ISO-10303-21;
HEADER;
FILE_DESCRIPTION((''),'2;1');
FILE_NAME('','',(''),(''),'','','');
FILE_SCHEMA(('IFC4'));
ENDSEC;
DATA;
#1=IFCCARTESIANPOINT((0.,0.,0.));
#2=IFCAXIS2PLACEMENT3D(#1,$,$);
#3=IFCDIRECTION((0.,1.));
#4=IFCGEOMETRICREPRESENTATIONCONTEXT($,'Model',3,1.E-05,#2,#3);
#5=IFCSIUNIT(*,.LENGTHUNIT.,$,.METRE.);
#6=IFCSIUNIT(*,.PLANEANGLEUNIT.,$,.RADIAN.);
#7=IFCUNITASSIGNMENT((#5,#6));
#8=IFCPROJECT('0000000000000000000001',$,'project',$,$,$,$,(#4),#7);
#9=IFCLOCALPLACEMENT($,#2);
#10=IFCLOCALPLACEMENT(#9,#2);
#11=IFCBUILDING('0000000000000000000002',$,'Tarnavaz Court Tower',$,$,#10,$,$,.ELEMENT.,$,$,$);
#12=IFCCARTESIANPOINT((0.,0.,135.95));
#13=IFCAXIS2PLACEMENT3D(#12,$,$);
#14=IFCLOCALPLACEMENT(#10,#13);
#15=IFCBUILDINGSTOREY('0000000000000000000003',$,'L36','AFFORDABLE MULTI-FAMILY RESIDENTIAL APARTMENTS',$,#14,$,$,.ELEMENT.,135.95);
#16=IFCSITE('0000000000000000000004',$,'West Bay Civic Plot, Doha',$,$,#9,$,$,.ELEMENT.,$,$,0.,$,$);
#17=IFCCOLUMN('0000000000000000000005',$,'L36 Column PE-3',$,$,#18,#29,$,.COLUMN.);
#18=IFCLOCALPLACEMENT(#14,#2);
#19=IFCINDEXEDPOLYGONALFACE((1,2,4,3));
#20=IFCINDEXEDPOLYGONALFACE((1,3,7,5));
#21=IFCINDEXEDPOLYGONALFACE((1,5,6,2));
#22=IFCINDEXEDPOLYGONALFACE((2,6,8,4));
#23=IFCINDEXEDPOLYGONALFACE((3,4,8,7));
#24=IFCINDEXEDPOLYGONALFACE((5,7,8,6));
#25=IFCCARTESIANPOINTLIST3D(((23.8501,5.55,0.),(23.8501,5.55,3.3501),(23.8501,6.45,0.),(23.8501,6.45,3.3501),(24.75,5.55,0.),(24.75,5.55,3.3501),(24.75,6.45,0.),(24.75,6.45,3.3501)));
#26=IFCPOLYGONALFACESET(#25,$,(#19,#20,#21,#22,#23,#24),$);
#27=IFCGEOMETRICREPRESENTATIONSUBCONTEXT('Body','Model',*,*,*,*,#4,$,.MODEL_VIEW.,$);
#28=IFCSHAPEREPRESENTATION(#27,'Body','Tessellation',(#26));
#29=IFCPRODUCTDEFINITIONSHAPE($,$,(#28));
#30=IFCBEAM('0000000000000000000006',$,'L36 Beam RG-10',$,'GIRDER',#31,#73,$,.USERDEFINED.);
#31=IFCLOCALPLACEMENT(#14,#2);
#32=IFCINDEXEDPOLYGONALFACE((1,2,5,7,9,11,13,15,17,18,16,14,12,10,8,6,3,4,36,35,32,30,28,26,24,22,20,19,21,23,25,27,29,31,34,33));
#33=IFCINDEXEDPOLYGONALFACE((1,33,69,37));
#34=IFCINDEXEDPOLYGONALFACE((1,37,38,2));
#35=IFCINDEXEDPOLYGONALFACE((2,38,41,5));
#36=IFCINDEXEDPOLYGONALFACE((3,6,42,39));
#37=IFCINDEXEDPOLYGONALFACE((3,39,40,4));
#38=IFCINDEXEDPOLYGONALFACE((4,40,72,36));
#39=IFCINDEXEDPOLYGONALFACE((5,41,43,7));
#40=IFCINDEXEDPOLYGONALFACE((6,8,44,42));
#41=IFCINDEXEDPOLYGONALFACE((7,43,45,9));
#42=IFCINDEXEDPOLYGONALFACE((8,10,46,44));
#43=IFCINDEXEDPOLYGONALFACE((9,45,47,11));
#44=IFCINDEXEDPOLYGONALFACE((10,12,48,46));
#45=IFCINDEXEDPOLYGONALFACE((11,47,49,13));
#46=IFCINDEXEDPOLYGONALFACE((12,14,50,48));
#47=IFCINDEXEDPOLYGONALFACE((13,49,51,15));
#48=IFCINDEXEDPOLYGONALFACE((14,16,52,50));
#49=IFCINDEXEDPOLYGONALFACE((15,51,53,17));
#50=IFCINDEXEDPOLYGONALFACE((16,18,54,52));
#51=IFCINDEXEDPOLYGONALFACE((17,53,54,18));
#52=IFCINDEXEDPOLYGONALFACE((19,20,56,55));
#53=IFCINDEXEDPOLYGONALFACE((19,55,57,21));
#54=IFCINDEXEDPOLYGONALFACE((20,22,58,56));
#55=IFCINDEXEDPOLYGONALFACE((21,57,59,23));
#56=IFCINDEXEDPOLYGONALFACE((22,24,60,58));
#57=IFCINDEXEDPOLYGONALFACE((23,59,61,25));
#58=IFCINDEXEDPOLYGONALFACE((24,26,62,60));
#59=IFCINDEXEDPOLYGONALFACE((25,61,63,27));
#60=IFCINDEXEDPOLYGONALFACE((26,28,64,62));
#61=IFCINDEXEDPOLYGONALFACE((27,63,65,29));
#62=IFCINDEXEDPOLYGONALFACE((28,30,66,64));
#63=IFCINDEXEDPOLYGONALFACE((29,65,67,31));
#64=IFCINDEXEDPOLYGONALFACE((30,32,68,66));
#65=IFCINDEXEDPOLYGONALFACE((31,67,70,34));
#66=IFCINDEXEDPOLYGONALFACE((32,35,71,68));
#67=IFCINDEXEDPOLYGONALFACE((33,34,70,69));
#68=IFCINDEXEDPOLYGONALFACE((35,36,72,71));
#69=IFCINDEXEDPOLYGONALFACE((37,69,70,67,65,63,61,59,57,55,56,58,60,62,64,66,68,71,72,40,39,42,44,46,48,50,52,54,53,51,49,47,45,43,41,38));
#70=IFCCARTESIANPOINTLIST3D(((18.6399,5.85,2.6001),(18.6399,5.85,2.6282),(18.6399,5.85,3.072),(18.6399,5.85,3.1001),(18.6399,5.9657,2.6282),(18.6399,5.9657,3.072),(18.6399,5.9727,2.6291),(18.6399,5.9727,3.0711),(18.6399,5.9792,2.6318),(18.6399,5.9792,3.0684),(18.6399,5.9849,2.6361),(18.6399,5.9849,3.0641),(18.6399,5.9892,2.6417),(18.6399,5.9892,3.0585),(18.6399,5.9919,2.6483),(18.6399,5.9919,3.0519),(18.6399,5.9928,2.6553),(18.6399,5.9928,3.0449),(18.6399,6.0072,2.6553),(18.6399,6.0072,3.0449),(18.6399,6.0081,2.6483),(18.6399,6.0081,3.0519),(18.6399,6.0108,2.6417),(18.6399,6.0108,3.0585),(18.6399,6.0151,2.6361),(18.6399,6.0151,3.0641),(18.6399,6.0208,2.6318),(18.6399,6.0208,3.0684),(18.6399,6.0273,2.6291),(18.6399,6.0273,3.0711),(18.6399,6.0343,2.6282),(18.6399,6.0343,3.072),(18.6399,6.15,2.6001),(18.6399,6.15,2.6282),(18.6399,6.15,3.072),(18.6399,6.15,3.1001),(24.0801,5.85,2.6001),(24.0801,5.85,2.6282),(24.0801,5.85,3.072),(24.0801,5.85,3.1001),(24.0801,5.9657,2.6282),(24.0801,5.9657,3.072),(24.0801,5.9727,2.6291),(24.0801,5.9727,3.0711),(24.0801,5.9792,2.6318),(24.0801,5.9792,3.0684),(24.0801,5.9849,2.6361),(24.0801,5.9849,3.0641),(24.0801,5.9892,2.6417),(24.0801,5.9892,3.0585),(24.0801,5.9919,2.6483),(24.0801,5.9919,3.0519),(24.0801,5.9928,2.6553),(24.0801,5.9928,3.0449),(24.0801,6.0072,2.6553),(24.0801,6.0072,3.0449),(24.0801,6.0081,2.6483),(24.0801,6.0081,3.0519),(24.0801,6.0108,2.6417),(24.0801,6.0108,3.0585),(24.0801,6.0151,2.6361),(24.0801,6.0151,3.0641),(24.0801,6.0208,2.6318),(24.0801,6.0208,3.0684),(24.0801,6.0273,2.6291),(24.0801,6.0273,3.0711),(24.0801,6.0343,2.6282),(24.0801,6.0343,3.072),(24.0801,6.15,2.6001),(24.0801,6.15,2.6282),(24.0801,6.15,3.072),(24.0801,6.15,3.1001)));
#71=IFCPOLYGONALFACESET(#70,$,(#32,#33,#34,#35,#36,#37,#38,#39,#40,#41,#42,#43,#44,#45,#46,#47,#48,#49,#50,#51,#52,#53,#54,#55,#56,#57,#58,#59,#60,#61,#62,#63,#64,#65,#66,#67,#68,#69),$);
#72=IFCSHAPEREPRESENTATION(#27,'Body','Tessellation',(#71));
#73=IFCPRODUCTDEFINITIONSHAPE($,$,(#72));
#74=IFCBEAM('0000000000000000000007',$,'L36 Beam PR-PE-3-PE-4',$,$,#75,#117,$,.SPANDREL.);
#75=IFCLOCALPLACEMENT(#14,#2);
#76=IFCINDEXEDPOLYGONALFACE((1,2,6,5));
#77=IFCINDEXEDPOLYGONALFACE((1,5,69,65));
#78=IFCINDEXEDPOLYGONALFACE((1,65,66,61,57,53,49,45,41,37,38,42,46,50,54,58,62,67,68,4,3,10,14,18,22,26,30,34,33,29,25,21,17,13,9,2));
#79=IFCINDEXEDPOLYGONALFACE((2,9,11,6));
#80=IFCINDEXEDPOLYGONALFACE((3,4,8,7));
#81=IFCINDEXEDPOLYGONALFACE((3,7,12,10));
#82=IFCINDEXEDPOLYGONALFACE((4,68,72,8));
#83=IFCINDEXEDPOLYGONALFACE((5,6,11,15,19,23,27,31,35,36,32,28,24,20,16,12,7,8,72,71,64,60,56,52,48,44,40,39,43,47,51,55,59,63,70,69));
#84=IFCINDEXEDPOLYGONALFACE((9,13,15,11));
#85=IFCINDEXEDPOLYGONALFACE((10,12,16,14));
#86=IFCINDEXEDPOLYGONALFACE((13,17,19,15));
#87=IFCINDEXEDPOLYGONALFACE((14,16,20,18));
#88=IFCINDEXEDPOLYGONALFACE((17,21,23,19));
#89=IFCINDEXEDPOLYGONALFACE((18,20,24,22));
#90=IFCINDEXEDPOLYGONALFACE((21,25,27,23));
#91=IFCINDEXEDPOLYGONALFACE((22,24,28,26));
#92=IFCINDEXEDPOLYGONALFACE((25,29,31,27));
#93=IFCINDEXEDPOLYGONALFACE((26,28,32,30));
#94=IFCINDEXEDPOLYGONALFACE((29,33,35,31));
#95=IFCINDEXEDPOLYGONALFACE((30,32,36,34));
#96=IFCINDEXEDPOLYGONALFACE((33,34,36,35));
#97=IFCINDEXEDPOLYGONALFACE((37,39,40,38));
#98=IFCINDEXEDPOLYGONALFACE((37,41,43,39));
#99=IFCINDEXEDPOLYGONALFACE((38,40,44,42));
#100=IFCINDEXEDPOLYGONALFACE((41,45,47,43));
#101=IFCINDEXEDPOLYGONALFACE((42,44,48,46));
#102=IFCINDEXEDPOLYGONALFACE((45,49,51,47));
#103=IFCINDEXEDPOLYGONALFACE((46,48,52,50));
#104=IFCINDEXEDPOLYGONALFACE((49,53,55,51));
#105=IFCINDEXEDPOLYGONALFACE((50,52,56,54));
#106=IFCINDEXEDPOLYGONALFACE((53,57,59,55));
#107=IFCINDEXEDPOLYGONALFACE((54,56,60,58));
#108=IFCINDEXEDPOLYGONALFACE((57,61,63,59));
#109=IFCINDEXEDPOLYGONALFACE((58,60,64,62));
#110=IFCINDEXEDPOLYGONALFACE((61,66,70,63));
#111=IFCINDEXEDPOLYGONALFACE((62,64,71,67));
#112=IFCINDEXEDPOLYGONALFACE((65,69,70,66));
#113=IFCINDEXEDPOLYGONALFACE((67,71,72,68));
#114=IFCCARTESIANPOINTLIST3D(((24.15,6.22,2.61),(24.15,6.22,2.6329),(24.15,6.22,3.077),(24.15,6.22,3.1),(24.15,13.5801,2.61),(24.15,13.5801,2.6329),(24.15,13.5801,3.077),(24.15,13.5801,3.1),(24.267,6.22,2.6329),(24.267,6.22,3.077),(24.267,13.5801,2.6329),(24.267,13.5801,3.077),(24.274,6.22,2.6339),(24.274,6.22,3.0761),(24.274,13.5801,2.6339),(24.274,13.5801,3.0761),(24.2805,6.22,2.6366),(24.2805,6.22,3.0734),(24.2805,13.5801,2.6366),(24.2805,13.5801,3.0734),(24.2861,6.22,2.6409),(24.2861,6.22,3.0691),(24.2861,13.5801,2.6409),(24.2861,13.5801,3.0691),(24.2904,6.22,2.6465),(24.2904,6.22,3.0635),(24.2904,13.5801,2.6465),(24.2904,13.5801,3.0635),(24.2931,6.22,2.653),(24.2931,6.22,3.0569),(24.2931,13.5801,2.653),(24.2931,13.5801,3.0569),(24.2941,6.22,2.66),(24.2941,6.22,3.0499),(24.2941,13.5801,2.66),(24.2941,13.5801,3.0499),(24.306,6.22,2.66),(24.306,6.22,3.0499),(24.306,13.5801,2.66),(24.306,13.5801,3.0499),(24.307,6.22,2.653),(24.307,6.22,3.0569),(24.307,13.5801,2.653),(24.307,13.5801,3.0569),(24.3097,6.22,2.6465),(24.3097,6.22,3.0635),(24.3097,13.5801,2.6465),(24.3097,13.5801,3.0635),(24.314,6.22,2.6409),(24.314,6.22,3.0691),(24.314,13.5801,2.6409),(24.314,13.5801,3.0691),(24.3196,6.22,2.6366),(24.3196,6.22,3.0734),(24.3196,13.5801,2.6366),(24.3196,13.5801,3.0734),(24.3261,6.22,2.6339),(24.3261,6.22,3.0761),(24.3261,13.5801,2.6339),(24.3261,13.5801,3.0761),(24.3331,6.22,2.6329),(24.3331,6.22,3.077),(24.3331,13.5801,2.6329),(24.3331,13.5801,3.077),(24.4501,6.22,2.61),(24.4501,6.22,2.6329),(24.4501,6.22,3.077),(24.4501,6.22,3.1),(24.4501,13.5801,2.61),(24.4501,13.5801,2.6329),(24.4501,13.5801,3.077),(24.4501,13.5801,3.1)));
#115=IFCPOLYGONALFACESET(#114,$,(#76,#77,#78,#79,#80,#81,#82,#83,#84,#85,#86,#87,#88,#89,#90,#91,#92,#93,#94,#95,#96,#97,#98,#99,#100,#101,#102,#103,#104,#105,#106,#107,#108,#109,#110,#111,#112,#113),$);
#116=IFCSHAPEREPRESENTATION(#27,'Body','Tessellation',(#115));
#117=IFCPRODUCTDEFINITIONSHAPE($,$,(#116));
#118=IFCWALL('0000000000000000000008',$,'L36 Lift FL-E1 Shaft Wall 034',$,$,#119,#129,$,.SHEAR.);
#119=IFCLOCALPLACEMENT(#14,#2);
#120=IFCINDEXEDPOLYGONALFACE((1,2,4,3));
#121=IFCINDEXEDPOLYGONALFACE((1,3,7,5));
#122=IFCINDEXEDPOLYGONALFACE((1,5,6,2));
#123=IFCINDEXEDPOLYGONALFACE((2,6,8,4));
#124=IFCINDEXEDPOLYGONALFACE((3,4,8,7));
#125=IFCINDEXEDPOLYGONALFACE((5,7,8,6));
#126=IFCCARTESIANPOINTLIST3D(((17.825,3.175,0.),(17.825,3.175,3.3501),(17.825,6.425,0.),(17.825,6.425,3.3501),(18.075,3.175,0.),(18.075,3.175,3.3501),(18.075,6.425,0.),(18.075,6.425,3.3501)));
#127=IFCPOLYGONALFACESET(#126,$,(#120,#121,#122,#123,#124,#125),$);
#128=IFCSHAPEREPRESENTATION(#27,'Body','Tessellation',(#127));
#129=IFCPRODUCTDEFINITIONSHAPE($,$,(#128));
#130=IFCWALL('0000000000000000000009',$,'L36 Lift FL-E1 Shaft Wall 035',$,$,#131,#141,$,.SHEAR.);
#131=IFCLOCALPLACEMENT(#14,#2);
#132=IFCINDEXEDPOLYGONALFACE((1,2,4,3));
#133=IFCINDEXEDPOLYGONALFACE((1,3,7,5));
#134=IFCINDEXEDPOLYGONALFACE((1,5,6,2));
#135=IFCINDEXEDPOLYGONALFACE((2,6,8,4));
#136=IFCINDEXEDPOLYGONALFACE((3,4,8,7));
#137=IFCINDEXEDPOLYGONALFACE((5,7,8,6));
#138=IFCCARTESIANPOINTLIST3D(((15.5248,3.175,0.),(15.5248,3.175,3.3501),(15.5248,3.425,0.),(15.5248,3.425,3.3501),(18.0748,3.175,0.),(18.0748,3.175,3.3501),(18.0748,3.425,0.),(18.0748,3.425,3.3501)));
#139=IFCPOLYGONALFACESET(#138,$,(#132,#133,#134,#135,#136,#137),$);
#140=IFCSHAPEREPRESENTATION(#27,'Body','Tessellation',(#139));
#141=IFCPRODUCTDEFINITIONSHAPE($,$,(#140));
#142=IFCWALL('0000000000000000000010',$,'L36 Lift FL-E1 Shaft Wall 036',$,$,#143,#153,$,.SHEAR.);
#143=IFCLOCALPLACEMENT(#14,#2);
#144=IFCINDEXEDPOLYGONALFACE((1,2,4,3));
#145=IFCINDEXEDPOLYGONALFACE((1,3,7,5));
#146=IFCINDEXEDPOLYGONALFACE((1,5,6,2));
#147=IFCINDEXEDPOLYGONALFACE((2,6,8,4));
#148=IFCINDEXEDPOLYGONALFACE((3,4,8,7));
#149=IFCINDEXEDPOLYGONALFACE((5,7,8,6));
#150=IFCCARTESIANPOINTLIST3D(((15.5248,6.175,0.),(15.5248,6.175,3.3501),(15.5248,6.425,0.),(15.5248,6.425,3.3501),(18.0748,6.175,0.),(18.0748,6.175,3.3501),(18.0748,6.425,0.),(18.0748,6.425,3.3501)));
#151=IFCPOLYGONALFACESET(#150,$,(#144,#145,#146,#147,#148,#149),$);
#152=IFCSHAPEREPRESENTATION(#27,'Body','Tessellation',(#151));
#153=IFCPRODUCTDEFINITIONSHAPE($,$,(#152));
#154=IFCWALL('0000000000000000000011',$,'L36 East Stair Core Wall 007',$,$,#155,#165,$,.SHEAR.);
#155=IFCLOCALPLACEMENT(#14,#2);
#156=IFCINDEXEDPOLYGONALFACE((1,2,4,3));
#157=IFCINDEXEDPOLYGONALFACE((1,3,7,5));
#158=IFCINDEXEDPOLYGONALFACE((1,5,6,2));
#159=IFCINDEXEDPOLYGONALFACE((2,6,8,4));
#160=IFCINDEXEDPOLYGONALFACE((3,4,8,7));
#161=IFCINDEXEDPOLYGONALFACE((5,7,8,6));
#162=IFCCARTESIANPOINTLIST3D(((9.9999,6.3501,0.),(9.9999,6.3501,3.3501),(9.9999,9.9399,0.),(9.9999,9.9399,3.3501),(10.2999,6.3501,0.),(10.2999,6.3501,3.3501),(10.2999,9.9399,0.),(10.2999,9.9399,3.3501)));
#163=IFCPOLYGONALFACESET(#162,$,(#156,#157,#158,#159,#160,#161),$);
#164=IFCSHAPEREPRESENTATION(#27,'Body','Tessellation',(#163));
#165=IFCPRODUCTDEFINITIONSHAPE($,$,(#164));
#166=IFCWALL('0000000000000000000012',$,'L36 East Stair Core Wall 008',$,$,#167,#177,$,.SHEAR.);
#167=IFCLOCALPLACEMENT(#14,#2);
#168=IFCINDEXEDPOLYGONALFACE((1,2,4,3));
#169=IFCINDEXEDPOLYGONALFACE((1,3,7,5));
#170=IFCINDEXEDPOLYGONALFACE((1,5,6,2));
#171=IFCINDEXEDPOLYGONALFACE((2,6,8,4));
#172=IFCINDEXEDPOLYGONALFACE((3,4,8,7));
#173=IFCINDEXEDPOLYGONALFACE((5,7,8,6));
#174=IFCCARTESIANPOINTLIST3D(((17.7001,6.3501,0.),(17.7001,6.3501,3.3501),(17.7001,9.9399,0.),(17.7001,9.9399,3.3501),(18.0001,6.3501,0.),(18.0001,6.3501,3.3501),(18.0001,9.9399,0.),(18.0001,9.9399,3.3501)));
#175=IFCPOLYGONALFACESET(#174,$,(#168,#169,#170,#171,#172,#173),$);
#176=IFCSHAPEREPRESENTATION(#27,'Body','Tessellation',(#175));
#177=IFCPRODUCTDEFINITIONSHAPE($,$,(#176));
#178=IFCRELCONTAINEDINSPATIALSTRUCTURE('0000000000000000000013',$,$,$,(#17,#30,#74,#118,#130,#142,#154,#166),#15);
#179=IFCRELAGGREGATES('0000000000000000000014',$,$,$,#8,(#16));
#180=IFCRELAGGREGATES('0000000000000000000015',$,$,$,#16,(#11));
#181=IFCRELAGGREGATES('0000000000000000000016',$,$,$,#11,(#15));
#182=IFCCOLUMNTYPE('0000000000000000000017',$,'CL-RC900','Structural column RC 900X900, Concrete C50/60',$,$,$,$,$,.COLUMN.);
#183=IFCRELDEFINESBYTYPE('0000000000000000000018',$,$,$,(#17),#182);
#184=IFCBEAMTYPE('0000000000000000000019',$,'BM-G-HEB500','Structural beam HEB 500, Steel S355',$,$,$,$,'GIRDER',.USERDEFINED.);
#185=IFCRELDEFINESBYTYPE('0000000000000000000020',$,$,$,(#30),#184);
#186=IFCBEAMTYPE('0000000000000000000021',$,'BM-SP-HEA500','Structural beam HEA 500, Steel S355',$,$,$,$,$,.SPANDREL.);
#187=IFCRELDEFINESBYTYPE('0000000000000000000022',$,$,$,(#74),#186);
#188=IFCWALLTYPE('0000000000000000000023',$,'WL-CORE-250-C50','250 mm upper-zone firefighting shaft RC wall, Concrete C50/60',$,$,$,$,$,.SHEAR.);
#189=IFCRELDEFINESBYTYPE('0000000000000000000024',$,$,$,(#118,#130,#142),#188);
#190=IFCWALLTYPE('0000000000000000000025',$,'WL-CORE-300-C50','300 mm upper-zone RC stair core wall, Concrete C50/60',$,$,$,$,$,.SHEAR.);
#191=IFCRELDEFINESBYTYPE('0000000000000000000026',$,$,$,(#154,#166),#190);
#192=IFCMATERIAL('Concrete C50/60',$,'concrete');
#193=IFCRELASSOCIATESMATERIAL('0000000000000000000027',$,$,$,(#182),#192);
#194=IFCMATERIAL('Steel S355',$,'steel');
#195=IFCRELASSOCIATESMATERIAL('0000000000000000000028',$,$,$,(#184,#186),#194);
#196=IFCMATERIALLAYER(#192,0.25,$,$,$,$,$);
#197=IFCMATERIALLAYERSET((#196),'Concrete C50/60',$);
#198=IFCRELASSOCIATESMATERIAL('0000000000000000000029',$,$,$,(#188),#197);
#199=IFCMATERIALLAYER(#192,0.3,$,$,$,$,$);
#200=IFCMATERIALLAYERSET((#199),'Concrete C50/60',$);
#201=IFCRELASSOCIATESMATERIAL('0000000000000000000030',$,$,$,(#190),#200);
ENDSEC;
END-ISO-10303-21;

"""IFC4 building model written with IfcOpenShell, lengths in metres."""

from ifc_helpers import new_model, si_unit, direction, frame, frame_2d, origin, origin_2d, place, context, subcontext, project, spatial, rectangle, i_section, extrude, material, layer, layer_set, material_profile, profile_set, type_object, element, save


model = new_model("IFC4")

# Units and contexts
model_context = context("Model", 3, precision=1e-05, world=origin(), true_north=direction((0.0, 1.0)))
body_context = subcontext(model_context, "Body", "Model", "MODEL_VIEW")
ifc_project = project(units=[si_unit("LENGTHUNIT", "METRE"), si_unit("PLANEANGLEUNIT", "RADIAN")], contexts=[model_context])

# Site, building, storey
site_placement = place(None, origin())
site = spatial("IfcSite", under=ifc_project, at=site_placement, Name="West Bay Civic Plot, Doha", CompositionType="ELEMENT", RefElevation=0.0)
building_placement = place(site_placement, origin())
building = spatial("IfcBuilding", under=site, at=building_placement, Name="Tarnavaz Court Tower", CompositionType="ELEMENT")
storey_placement = place(building_placement, frame((0.0, 0.0, 135.95)))
storey = spatial("IfcBuildingStorey", under=building, at=storey_placement, Name="L36", Description="AFFORDABLE MULTI-FAMILY RESIDENTIAL APARTMENTS", CompositionType="ELEMENT", Elevation=135.95)

# Column
ifc_material_1 = material(Name="Concrete C50/60", Category="concrete")
ifc_material_profile_1 = material_profile(ifc_material_1, rectangle(XDim=0.8999, YDim=0.8999, at=origin_2d()), Name="RC 900X900")
ifc_profile_set_1 = profile_set([ifc_material_profile_1], Name="Concrete C50/60")
column_type = type_object("IfcColumnType", Name="CL-RC900", Description="Structural column RC 900X900, Concrete C50/60", PredefinedType="COLUMN", material=ifc_profile_set_1)
column_placement = place(storey_placement, frame((24.3, 6.0, 0.0), z_axis=(0.0, 0.0, 1.0), x_axis=(1.0, 0.0, 0.0)))
element("IfcColumn", 1, at=column_placement, inside=storey, type_object=column_type, Name="L36 Column PE-3", PredefinedType="COLUMN", context=body_context, shape_type="SweptSolid", body=[
    extrude(rectangle(XDim=0.8999, YDim=0.8999, at=origin_2d()), origin(), (0.0, 0.0, 1.0), 3.3501),
])

# Beams
ifc_material_2 = material(Name="Steel S355", Category="steel")
ifc_material_profile_2 = material_profile(ifc_material_2, i_section(OverallWidth=0.3, OverallDepth=0.5, WebThickness=0.0144, FlangeThickness=0.0281, FilletRadius=0.0271, at=origin_2d()), Name="HEB 500")
ifc_profile_set_2 = profile_set([ifc_material_profile_2], Name="Steel S355")
beam_type_1 = type_object("IfcBeamType", Name="BM-G-HEB500", Description="Structural beam HEB 500, Steel S355", ElementType="GIRDER", PredefinedType="USERDEFINED", material=ifc_profile_set_2)
beam_1_placement = place(storey_placement, frame((18.6399, 6.0, 2.8501), z_axis=(1.0, 0.0, 0.0), x_axis=(0.0, 1.0, 0.0)))
element("IfcBeam", 2, at=beam_1_placement, inside=storey, type_object=beam_type_1, Name="L36 Beam RG-10", ObjectType="GIRDER", PredefinedType="USERDEFINED", context=body_context, shape_type="SweptSolid", body=[
    extrude(i_section(OverallWidth=0.3, OverallDepth=0.5, WebThickness=0.0144, FlangeThickness=0.0281, FilletRadius=0.0271, at=origin_2d()), origin(), (0.0, 0.0, 1.0), 5.4402),
])
ifc_material_profile_3 = material_profile(ifc_material_2, i_section(OverallWidth=0.3, OverallDepth=0.49, WebThickness=0.012, FlangeThickness=0.0229, FilletRadius=0.0271, at=origin_2d()), Name="HEA 500")
ifc_profile_set_3 = profile_set([ifc_material_profile_3], Name="Steel S355")
beam_type_2 = type_object("IfcBeamType", Name="BM-SP-HEA500", Description="Structural beam HEA 500, Steel S355", PredefinedType="SPANDREL", material=ifc_profile_set_3)
beam_2_placement = place(storey_placement, frame((24.3, 6.22, 2.855), z_axis=(0.0, 1.0, 0.0), x_axis=(-1.0, 0.0, 0.0)))
element("IfcBeam", 3, at=beam_2_placement, inside=storey, type_object=beam_type_2, Name="L36 Beam PR-PE-3-PE-4", PredefinedType="SPANDREL", context=body_context, shape_type="SweptSolid", body=[
    extrude(i_section(OverallWidth=0.3, OverallDepth=0.49, WebThickness=0.012, FlangeThickness=0.0229, FilletRadius=0.0271, at=origin_2d()), origin(), (0.0, 0.0, 1.0), 7.3601),
])

# Shared definitions
ifc_layer_1 = layer(ifc_material_1, 0.25)
ifc_layer_set_1 = layer_set([ifc_layer_1], Name="Concrete C50/60")
wall_type_1 = type_object("IfcWallType", Name="WL-CORE-250-C50", Description="250 mm upper-zone firefighting shaft RC wall, Concrete C50/60", PredefinedType="SHEAR", material=ifc_layer_set_1)

# Walls
wall_1_placement = place(storey_placement, frame((17.95, 3.175, 0.0), z_axis=(0.0, 0.0, 1.0), x_axis=(0.0, 1.0, 0.0)))
element("IfcWall", 4, at=wall_1_placement, inside=storey, type_object=wall_type_1, Name="L36 Lift FL-E1 Shaft Wall 034", PredefinedType="SHEAR", context=body_context, shape_type="SweptSolid", body=[
    extrude(rectangle(XDim=3.25, YDim=0.25, at=frame_2d((1.625, 0.0))), origin(), (0.0, 0.0, 1.0), 3.3501),
])
for number, where, z_axis, x_axis, name in (
    (5, (15.5249, 3.3, 0.0), (0.0, 0.0, 1.0), (1.0, 0.0, 0.0), "L36 Lift FL-E1 Shaft Wall 035"),
    (6, (15.5249, 6.3, 0.0), (0.0, 0.0, 1.0), (1.0, 0.0, 0.0), "L36 Lift FL-E1 Shaft Wall 036"),
):
    element("IfcWall", number, at=place(storey_placement, frame(where, z_axis=z_axis, x_axis=x_axis)), inside=storey, type_object=wall_type_1, Name=name, PredefinedType="SHEAR", context=body_context, shape_type="SweptSolid", body=[
        extrude(rectangle(XDim=2.55, YDim=0.25, at=frame_2d((1.2749, 0.0))), origin(), (0.0, 0.0, 1.0), 3.3501),
    ])
ifc_layer_2 = layer(ifc_material_1, 0.3)
ifc_layer_set_2 = layer_set([ifc_layer_2], Name="Concrete C50/60")
wall_type_2 = type_object("IfcWallType", Name="WL-CORE-300-C50", Description="300 mm upper-zone RC stair core wall, Concrete C50/60", PredefinedType="SHEAR", material=ifc_layer_set_2)
for number, where, z_axis, x_axis, name in (
    (7, (10.1499, 6.3501, 0.0), (0.0, 0.0, 1.0), (0.0, 1.0, 0.0), "L36 East Stair Core Wall 007"),
    (8, (17.8501, 6.3501, 0.0), (0.0, 0.0, 1.0), (0.0, 1.0, 0.0), "L36 East Stair Core Wall 008"),
):
    element("IfcWall", number, at=place(storey_placement, frame(where, z_axis=z_axis, x_axis=x_axis)), inside=storey, type_object=wall_type_2, Name=name, PredefinedType="SHEAR", context=body_context, shape_type="SweptSolid", body=[
        extrude(rectangle(XDim=3.5898, YDim=0.3, at=frame_2d((1.7949, 0.0))), origin(), (0.0, 0.0, 1.0), 3.3501),
    ])

save(model, "model.ifc")
